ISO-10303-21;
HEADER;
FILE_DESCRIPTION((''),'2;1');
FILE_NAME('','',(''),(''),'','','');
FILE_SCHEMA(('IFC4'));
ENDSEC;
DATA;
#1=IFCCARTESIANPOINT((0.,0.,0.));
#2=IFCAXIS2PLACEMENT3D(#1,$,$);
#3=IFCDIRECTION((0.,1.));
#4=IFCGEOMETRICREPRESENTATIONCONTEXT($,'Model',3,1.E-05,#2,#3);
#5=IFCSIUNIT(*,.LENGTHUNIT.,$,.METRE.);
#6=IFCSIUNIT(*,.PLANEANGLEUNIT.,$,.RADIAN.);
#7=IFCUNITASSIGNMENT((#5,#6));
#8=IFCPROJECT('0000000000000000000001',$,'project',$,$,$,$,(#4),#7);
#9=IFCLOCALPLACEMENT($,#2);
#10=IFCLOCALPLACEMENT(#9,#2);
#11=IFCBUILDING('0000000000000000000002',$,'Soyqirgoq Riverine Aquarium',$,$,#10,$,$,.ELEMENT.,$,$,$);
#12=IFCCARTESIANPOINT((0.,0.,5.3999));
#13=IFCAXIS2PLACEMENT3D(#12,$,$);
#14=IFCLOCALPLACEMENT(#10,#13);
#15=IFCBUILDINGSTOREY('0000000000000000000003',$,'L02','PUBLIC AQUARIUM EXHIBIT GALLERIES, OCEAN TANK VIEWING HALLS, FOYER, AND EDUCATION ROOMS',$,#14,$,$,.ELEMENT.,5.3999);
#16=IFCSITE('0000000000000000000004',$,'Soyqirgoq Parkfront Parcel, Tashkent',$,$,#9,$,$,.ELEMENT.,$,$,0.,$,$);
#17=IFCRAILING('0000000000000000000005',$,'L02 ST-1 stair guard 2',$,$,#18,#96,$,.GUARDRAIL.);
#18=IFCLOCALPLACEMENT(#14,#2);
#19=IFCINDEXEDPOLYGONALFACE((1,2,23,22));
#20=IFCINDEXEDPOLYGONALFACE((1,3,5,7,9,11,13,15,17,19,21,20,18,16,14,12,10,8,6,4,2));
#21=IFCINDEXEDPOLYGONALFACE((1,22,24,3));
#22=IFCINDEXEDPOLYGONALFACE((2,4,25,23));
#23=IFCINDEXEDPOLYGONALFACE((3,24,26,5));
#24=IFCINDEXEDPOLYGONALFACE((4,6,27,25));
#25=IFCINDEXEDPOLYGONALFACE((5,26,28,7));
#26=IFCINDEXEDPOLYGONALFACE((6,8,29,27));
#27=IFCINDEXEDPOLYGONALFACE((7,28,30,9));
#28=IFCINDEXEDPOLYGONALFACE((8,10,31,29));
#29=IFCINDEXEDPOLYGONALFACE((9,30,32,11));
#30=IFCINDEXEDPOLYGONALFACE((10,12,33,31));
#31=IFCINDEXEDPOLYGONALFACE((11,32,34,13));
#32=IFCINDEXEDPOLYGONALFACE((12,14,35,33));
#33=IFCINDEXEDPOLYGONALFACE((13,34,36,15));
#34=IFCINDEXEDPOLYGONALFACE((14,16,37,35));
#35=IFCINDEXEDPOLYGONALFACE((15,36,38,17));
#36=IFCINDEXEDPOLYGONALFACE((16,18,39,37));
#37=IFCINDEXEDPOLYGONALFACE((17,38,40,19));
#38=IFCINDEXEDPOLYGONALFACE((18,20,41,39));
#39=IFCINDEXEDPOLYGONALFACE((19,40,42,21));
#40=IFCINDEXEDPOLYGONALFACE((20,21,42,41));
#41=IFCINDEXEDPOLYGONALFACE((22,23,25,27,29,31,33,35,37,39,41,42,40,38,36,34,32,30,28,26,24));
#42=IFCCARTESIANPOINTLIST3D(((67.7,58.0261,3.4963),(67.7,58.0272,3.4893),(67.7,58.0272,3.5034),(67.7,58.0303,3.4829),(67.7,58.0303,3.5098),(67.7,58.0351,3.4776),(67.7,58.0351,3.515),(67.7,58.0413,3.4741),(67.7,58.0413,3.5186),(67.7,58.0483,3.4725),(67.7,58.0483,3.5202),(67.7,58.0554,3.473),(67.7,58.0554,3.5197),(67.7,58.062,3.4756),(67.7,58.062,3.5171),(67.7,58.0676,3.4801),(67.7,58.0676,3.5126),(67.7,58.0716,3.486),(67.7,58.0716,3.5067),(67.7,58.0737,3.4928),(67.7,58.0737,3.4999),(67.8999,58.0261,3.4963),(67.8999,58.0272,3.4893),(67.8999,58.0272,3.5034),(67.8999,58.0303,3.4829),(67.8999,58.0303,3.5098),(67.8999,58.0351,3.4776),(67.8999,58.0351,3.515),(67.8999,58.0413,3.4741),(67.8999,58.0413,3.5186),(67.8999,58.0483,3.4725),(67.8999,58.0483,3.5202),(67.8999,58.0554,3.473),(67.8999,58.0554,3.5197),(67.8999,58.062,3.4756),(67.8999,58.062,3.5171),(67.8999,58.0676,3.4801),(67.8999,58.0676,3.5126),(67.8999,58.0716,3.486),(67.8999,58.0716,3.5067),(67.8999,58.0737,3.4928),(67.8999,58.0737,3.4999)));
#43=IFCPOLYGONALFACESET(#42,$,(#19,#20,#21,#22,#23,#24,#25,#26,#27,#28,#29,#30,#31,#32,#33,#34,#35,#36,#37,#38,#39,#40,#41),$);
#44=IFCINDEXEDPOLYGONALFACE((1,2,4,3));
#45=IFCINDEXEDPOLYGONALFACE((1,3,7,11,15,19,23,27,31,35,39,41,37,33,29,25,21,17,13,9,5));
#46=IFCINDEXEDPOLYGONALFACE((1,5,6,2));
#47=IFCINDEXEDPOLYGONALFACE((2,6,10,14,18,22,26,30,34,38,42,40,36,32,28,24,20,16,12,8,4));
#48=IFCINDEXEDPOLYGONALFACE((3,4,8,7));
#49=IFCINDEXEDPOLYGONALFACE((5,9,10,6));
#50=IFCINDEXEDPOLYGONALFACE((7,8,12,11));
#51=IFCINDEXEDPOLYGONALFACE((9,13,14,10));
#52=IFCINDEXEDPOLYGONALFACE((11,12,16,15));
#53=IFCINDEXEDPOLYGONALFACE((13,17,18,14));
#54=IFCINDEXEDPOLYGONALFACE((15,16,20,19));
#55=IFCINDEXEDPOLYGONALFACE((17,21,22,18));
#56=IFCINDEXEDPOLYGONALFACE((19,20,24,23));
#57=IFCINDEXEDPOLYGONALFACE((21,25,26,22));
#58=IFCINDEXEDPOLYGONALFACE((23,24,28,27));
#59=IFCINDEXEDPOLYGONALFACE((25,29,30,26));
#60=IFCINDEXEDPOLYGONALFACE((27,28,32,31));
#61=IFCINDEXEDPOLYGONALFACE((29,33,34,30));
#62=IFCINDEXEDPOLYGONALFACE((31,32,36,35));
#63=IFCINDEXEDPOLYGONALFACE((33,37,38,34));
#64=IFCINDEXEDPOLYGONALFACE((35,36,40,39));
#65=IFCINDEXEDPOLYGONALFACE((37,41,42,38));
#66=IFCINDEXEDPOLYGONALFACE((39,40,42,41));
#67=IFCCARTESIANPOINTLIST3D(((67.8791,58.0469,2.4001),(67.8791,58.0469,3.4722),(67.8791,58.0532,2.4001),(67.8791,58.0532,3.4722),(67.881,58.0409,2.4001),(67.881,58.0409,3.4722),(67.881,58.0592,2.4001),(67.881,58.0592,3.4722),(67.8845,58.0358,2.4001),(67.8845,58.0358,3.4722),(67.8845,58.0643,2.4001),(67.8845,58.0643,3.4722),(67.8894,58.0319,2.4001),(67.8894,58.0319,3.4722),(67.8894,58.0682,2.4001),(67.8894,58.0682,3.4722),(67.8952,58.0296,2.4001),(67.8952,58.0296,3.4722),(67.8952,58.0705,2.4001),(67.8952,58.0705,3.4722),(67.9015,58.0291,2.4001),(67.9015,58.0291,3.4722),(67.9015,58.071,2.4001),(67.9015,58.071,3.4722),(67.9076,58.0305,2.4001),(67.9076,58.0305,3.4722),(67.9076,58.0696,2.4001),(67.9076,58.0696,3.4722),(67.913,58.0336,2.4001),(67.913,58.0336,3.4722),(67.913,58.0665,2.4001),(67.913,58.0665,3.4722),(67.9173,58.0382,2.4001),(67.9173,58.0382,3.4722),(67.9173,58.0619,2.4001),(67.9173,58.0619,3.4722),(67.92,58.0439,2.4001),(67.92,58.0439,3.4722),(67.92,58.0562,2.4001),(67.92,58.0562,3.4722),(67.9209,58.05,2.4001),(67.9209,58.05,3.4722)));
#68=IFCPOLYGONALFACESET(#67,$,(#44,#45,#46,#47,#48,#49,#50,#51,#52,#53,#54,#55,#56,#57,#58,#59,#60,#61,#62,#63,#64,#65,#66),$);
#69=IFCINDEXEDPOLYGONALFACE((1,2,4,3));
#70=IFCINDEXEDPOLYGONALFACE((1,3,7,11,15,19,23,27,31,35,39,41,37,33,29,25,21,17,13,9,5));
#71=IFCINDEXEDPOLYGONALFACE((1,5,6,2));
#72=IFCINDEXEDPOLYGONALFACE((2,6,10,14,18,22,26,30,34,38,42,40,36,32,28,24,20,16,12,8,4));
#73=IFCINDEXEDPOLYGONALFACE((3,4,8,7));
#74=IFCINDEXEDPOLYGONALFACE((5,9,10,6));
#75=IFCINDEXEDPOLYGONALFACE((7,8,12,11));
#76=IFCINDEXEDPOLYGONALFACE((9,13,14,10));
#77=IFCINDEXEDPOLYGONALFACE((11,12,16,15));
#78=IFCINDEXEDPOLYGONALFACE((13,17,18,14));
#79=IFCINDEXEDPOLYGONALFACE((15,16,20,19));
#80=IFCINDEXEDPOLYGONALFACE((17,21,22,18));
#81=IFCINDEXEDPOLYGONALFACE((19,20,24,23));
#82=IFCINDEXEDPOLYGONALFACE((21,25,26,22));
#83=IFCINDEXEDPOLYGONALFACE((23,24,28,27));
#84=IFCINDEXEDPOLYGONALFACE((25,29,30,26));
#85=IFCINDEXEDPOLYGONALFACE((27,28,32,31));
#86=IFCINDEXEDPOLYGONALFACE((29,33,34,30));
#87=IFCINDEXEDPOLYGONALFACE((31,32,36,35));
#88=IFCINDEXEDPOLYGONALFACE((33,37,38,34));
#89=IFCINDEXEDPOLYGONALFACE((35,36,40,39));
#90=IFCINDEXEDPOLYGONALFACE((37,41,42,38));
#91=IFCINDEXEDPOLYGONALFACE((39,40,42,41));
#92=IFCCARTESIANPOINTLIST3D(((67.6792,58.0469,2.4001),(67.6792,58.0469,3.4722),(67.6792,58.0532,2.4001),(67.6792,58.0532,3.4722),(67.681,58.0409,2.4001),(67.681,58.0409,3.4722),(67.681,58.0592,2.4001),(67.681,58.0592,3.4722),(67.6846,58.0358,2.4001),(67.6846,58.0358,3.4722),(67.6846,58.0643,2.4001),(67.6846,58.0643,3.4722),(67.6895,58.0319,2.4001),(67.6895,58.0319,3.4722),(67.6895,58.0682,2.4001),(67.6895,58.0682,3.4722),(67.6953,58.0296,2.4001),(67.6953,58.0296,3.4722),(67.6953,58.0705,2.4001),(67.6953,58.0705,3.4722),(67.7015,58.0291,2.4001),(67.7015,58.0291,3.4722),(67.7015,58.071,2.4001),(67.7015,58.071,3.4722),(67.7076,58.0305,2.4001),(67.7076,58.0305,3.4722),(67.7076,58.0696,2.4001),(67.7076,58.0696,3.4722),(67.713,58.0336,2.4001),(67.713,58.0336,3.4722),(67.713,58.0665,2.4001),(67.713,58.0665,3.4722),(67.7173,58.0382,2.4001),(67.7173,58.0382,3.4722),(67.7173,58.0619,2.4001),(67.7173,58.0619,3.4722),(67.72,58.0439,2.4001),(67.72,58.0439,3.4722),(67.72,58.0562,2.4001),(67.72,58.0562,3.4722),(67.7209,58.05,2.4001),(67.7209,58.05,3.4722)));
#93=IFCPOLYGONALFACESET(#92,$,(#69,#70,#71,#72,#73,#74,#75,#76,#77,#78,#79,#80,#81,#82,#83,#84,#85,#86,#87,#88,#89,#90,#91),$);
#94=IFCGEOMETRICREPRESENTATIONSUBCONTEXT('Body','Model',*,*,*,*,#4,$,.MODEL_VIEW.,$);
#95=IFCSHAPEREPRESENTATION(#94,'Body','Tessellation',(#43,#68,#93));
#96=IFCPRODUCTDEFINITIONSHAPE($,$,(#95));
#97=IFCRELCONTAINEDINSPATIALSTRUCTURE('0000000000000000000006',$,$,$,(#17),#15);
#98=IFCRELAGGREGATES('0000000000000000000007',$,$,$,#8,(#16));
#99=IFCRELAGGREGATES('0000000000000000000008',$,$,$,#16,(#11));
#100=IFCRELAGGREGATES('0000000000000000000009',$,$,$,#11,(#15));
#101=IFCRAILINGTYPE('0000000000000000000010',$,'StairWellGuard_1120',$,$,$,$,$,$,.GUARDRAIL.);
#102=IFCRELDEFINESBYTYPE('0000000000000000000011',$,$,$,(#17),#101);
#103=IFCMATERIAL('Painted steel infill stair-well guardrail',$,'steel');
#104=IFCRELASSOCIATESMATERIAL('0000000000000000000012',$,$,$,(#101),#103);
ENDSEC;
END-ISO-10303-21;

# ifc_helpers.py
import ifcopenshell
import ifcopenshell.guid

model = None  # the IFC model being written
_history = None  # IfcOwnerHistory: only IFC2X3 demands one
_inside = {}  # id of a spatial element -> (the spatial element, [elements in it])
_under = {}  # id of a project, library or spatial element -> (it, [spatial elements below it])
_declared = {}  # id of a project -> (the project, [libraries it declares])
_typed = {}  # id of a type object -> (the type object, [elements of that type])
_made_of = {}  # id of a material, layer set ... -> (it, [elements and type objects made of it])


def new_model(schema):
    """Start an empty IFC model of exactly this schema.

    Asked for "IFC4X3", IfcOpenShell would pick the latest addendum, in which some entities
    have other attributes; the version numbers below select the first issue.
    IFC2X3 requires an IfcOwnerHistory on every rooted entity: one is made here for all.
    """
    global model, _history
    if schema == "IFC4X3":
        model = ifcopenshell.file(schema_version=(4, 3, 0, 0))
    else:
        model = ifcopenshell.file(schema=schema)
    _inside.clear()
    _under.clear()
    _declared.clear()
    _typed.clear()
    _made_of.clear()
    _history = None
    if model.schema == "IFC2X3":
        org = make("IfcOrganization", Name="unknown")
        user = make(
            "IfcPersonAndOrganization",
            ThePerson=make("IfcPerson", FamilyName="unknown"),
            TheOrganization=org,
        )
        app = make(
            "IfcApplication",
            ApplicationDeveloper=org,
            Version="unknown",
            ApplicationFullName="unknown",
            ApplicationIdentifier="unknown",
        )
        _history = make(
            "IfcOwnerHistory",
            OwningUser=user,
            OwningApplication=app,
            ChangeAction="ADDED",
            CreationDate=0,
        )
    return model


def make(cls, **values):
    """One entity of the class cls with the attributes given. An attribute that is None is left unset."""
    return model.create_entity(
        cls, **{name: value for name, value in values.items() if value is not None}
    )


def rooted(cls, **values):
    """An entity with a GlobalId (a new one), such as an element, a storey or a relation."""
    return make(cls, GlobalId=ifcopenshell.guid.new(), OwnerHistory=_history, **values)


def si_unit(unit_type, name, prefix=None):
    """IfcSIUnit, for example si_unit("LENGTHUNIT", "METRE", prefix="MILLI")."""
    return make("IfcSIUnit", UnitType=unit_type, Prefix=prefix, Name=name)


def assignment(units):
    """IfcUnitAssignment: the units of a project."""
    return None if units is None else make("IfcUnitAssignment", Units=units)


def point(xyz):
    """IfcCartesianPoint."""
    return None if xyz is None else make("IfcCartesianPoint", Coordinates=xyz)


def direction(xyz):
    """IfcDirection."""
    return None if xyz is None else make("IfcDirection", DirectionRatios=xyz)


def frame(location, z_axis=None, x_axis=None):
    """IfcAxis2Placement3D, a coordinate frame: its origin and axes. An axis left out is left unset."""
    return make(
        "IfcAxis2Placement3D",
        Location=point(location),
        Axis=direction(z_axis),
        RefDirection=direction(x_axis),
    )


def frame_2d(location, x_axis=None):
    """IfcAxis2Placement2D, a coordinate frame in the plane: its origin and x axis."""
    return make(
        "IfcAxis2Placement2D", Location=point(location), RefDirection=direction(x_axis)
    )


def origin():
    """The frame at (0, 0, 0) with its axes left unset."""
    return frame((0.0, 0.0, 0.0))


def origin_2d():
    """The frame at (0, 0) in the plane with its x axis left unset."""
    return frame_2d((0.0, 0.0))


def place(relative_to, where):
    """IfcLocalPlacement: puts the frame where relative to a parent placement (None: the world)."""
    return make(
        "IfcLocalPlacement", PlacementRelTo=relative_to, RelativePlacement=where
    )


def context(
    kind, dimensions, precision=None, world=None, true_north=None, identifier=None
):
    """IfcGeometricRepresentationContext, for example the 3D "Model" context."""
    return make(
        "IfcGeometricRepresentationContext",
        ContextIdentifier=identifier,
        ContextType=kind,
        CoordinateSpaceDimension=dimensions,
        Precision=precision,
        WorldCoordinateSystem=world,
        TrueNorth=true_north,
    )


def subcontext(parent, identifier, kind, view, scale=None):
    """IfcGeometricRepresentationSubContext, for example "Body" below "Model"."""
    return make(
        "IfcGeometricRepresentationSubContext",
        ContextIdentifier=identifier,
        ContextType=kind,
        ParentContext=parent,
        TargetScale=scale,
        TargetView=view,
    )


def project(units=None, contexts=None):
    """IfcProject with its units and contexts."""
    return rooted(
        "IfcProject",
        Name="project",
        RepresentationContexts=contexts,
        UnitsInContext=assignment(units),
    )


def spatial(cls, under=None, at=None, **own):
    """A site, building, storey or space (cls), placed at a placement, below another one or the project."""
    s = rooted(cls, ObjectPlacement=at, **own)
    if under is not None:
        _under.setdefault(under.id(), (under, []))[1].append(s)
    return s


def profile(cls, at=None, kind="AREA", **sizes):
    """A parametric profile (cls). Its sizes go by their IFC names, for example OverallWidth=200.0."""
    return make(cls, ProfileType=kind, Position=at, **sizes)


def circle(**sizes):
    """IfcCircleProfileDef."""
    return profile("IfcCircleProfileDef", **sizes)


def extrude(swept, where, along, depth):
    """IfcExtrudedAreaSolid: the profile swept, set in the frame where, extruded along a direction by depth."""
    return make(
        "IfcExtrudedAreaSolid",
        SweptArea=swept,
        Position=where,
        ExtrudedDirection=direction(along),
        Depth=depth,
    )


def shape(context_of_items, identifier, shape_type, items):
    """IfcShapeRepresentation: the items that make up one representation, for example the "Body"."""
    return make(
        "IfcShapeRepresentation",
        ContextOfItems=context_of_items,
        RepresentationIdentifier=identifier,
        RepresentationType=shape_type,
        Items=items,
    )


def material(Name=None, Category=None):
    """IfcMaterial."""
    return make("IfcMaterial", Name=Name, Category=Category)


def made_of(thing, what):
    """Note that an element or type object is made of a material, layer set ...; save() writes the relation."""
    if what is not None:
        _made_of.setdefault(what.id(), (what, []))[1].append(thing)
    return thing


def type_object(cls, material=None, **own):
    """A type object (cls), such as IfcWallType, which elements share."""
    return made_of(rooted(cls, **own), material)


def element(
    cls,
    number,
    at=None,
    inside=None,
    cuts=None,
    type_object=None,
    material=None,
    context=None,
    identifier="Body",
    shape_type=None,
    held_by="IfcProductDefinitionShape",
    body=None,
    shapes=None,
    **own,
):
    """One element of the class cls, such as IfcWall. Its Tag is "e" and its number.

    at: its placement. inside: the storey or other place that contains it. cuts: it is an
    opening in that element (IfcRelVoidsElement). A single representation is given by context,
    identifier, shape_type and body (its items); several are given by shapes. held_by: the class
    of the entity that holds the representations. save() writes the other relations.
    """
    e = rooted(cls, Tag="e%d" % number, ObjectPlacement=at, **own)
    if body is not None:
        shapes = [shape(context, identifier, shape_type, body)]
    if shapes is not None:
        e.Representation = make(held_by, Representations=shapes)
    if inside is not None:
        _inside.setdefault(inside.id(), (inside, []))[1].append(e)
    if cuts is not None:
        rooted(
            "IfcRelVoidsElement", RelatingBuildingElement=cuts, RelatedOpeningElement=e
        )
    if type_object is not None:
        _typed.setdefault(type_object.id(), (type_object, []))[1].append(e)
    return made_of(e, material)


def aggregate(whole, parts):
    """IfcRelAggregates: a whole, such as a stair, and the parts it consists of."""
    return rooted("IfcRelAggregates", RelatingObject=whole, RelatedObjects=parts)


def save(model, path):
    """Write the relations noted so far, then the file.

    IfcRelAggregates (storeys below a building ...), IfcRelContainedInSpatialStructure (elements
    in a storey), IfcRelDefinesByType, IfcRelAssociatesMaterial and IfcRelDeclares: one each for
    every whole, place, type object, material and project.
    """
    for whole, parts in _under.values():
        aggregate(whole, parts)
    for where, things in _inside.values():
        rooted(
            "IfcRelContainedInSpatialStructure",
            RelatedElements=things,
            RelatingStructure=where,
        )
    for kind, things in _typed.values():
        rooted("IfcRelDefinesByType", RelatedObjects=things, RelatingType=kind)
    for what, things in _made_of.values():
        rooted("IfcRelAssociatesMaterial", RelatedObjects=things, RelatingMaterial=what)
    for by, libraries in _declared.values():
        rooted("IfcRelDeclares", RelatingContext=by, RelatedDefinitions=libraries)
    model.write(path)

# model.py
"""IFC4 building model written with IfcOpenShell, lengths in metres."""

from ifc_helpers import new_model, si_unit, direction, frame, origin, origin_2d, place, context, subcontext, project, spatial, circle, extrude, material, type_object, element, save


model = new_model("IFC4")

# Units and contexts
model_context = context("Model", 3, precision=1e-05, world=origin(), true_north=direction((0.0, 1.0)))
body_context = subcontext(model_context, "Body", "Model", "MODEL_VIEW")
ifc_project = project(units=[si_unit("LENGTHUNIT", "METRE"), si_unit("PLANEANGLEUNIT", "RADIAN")], contexts=[model_context])

# Site, building, storey
site_placement = place(None, origin())
site = spatial("IfcSite", under=ifc_project, at=site_placement, Name="Soyqirgoq Parkfront Parcel, Tashkent", CompositionType="ELEMENT", RefElevation=0.0)
building_placement = place(site_placement, origin())
building = spatial("IfcBuilding", under=site, at=building_placement, Name="Soyqirgoq Riverine Aquarium", CompositionType="ELEMENT")
storey_placement = place(building_placement, frame((0.0, 0.0, 5.3999)))
storey = spatial("IfcBuildingStorey", under=building, at=storey_placement, Name="L02", Description="PUBLIC AQUARIUM EXHIBIT GALLERIES, OCEAN TANK VIEWING HALLS, FOYER, AND EDUCATION ROOMS", CompositionType="ELEMENT", Elevation=5.3999)

# Railing
ifc_material_1 = material(Name="Painted steel infill stair-well guardrail", Category="steel")
railing_type_1 = type_object("IfcRailingType", Name="StairWellGuard_1120", PredefinedType="GUARDRAIL", material=ifc_material_1)
railing_1_placement = place(storey_placement, frame((67.8999, 58.05, 2.4001)))
element("IfcRailing", 1, at=railing_1_placement, inside=storey, type_object=railing_type_1, Name="L02 ST-1 stair guard 2", PredefinedType="GUARDRAIL", context=body_context, shape_type="SweptSolid", body=[
    extrude(circle(Radius=0.0239, at=origin_2d()), frame((0.0, 0.0, 1.0962), z_axis=(-1.0, 0.0, 0.0), x_axis=(0.0, -1.0, 0.0)), (0.0, 0.0, 1.0), 0.2),
    extrude(circle(Radius=0.021, at=origin_2d()), origin(), (0.0, 0.0, 1.0), 1.072),
    extrude(circle(Radius=0.021, at=origin_2d()), frame((-0.2, 0.0, 0.0)), (0.0, 0.0, 1.0), 1.072),
])

save(model, "model.ifc")
